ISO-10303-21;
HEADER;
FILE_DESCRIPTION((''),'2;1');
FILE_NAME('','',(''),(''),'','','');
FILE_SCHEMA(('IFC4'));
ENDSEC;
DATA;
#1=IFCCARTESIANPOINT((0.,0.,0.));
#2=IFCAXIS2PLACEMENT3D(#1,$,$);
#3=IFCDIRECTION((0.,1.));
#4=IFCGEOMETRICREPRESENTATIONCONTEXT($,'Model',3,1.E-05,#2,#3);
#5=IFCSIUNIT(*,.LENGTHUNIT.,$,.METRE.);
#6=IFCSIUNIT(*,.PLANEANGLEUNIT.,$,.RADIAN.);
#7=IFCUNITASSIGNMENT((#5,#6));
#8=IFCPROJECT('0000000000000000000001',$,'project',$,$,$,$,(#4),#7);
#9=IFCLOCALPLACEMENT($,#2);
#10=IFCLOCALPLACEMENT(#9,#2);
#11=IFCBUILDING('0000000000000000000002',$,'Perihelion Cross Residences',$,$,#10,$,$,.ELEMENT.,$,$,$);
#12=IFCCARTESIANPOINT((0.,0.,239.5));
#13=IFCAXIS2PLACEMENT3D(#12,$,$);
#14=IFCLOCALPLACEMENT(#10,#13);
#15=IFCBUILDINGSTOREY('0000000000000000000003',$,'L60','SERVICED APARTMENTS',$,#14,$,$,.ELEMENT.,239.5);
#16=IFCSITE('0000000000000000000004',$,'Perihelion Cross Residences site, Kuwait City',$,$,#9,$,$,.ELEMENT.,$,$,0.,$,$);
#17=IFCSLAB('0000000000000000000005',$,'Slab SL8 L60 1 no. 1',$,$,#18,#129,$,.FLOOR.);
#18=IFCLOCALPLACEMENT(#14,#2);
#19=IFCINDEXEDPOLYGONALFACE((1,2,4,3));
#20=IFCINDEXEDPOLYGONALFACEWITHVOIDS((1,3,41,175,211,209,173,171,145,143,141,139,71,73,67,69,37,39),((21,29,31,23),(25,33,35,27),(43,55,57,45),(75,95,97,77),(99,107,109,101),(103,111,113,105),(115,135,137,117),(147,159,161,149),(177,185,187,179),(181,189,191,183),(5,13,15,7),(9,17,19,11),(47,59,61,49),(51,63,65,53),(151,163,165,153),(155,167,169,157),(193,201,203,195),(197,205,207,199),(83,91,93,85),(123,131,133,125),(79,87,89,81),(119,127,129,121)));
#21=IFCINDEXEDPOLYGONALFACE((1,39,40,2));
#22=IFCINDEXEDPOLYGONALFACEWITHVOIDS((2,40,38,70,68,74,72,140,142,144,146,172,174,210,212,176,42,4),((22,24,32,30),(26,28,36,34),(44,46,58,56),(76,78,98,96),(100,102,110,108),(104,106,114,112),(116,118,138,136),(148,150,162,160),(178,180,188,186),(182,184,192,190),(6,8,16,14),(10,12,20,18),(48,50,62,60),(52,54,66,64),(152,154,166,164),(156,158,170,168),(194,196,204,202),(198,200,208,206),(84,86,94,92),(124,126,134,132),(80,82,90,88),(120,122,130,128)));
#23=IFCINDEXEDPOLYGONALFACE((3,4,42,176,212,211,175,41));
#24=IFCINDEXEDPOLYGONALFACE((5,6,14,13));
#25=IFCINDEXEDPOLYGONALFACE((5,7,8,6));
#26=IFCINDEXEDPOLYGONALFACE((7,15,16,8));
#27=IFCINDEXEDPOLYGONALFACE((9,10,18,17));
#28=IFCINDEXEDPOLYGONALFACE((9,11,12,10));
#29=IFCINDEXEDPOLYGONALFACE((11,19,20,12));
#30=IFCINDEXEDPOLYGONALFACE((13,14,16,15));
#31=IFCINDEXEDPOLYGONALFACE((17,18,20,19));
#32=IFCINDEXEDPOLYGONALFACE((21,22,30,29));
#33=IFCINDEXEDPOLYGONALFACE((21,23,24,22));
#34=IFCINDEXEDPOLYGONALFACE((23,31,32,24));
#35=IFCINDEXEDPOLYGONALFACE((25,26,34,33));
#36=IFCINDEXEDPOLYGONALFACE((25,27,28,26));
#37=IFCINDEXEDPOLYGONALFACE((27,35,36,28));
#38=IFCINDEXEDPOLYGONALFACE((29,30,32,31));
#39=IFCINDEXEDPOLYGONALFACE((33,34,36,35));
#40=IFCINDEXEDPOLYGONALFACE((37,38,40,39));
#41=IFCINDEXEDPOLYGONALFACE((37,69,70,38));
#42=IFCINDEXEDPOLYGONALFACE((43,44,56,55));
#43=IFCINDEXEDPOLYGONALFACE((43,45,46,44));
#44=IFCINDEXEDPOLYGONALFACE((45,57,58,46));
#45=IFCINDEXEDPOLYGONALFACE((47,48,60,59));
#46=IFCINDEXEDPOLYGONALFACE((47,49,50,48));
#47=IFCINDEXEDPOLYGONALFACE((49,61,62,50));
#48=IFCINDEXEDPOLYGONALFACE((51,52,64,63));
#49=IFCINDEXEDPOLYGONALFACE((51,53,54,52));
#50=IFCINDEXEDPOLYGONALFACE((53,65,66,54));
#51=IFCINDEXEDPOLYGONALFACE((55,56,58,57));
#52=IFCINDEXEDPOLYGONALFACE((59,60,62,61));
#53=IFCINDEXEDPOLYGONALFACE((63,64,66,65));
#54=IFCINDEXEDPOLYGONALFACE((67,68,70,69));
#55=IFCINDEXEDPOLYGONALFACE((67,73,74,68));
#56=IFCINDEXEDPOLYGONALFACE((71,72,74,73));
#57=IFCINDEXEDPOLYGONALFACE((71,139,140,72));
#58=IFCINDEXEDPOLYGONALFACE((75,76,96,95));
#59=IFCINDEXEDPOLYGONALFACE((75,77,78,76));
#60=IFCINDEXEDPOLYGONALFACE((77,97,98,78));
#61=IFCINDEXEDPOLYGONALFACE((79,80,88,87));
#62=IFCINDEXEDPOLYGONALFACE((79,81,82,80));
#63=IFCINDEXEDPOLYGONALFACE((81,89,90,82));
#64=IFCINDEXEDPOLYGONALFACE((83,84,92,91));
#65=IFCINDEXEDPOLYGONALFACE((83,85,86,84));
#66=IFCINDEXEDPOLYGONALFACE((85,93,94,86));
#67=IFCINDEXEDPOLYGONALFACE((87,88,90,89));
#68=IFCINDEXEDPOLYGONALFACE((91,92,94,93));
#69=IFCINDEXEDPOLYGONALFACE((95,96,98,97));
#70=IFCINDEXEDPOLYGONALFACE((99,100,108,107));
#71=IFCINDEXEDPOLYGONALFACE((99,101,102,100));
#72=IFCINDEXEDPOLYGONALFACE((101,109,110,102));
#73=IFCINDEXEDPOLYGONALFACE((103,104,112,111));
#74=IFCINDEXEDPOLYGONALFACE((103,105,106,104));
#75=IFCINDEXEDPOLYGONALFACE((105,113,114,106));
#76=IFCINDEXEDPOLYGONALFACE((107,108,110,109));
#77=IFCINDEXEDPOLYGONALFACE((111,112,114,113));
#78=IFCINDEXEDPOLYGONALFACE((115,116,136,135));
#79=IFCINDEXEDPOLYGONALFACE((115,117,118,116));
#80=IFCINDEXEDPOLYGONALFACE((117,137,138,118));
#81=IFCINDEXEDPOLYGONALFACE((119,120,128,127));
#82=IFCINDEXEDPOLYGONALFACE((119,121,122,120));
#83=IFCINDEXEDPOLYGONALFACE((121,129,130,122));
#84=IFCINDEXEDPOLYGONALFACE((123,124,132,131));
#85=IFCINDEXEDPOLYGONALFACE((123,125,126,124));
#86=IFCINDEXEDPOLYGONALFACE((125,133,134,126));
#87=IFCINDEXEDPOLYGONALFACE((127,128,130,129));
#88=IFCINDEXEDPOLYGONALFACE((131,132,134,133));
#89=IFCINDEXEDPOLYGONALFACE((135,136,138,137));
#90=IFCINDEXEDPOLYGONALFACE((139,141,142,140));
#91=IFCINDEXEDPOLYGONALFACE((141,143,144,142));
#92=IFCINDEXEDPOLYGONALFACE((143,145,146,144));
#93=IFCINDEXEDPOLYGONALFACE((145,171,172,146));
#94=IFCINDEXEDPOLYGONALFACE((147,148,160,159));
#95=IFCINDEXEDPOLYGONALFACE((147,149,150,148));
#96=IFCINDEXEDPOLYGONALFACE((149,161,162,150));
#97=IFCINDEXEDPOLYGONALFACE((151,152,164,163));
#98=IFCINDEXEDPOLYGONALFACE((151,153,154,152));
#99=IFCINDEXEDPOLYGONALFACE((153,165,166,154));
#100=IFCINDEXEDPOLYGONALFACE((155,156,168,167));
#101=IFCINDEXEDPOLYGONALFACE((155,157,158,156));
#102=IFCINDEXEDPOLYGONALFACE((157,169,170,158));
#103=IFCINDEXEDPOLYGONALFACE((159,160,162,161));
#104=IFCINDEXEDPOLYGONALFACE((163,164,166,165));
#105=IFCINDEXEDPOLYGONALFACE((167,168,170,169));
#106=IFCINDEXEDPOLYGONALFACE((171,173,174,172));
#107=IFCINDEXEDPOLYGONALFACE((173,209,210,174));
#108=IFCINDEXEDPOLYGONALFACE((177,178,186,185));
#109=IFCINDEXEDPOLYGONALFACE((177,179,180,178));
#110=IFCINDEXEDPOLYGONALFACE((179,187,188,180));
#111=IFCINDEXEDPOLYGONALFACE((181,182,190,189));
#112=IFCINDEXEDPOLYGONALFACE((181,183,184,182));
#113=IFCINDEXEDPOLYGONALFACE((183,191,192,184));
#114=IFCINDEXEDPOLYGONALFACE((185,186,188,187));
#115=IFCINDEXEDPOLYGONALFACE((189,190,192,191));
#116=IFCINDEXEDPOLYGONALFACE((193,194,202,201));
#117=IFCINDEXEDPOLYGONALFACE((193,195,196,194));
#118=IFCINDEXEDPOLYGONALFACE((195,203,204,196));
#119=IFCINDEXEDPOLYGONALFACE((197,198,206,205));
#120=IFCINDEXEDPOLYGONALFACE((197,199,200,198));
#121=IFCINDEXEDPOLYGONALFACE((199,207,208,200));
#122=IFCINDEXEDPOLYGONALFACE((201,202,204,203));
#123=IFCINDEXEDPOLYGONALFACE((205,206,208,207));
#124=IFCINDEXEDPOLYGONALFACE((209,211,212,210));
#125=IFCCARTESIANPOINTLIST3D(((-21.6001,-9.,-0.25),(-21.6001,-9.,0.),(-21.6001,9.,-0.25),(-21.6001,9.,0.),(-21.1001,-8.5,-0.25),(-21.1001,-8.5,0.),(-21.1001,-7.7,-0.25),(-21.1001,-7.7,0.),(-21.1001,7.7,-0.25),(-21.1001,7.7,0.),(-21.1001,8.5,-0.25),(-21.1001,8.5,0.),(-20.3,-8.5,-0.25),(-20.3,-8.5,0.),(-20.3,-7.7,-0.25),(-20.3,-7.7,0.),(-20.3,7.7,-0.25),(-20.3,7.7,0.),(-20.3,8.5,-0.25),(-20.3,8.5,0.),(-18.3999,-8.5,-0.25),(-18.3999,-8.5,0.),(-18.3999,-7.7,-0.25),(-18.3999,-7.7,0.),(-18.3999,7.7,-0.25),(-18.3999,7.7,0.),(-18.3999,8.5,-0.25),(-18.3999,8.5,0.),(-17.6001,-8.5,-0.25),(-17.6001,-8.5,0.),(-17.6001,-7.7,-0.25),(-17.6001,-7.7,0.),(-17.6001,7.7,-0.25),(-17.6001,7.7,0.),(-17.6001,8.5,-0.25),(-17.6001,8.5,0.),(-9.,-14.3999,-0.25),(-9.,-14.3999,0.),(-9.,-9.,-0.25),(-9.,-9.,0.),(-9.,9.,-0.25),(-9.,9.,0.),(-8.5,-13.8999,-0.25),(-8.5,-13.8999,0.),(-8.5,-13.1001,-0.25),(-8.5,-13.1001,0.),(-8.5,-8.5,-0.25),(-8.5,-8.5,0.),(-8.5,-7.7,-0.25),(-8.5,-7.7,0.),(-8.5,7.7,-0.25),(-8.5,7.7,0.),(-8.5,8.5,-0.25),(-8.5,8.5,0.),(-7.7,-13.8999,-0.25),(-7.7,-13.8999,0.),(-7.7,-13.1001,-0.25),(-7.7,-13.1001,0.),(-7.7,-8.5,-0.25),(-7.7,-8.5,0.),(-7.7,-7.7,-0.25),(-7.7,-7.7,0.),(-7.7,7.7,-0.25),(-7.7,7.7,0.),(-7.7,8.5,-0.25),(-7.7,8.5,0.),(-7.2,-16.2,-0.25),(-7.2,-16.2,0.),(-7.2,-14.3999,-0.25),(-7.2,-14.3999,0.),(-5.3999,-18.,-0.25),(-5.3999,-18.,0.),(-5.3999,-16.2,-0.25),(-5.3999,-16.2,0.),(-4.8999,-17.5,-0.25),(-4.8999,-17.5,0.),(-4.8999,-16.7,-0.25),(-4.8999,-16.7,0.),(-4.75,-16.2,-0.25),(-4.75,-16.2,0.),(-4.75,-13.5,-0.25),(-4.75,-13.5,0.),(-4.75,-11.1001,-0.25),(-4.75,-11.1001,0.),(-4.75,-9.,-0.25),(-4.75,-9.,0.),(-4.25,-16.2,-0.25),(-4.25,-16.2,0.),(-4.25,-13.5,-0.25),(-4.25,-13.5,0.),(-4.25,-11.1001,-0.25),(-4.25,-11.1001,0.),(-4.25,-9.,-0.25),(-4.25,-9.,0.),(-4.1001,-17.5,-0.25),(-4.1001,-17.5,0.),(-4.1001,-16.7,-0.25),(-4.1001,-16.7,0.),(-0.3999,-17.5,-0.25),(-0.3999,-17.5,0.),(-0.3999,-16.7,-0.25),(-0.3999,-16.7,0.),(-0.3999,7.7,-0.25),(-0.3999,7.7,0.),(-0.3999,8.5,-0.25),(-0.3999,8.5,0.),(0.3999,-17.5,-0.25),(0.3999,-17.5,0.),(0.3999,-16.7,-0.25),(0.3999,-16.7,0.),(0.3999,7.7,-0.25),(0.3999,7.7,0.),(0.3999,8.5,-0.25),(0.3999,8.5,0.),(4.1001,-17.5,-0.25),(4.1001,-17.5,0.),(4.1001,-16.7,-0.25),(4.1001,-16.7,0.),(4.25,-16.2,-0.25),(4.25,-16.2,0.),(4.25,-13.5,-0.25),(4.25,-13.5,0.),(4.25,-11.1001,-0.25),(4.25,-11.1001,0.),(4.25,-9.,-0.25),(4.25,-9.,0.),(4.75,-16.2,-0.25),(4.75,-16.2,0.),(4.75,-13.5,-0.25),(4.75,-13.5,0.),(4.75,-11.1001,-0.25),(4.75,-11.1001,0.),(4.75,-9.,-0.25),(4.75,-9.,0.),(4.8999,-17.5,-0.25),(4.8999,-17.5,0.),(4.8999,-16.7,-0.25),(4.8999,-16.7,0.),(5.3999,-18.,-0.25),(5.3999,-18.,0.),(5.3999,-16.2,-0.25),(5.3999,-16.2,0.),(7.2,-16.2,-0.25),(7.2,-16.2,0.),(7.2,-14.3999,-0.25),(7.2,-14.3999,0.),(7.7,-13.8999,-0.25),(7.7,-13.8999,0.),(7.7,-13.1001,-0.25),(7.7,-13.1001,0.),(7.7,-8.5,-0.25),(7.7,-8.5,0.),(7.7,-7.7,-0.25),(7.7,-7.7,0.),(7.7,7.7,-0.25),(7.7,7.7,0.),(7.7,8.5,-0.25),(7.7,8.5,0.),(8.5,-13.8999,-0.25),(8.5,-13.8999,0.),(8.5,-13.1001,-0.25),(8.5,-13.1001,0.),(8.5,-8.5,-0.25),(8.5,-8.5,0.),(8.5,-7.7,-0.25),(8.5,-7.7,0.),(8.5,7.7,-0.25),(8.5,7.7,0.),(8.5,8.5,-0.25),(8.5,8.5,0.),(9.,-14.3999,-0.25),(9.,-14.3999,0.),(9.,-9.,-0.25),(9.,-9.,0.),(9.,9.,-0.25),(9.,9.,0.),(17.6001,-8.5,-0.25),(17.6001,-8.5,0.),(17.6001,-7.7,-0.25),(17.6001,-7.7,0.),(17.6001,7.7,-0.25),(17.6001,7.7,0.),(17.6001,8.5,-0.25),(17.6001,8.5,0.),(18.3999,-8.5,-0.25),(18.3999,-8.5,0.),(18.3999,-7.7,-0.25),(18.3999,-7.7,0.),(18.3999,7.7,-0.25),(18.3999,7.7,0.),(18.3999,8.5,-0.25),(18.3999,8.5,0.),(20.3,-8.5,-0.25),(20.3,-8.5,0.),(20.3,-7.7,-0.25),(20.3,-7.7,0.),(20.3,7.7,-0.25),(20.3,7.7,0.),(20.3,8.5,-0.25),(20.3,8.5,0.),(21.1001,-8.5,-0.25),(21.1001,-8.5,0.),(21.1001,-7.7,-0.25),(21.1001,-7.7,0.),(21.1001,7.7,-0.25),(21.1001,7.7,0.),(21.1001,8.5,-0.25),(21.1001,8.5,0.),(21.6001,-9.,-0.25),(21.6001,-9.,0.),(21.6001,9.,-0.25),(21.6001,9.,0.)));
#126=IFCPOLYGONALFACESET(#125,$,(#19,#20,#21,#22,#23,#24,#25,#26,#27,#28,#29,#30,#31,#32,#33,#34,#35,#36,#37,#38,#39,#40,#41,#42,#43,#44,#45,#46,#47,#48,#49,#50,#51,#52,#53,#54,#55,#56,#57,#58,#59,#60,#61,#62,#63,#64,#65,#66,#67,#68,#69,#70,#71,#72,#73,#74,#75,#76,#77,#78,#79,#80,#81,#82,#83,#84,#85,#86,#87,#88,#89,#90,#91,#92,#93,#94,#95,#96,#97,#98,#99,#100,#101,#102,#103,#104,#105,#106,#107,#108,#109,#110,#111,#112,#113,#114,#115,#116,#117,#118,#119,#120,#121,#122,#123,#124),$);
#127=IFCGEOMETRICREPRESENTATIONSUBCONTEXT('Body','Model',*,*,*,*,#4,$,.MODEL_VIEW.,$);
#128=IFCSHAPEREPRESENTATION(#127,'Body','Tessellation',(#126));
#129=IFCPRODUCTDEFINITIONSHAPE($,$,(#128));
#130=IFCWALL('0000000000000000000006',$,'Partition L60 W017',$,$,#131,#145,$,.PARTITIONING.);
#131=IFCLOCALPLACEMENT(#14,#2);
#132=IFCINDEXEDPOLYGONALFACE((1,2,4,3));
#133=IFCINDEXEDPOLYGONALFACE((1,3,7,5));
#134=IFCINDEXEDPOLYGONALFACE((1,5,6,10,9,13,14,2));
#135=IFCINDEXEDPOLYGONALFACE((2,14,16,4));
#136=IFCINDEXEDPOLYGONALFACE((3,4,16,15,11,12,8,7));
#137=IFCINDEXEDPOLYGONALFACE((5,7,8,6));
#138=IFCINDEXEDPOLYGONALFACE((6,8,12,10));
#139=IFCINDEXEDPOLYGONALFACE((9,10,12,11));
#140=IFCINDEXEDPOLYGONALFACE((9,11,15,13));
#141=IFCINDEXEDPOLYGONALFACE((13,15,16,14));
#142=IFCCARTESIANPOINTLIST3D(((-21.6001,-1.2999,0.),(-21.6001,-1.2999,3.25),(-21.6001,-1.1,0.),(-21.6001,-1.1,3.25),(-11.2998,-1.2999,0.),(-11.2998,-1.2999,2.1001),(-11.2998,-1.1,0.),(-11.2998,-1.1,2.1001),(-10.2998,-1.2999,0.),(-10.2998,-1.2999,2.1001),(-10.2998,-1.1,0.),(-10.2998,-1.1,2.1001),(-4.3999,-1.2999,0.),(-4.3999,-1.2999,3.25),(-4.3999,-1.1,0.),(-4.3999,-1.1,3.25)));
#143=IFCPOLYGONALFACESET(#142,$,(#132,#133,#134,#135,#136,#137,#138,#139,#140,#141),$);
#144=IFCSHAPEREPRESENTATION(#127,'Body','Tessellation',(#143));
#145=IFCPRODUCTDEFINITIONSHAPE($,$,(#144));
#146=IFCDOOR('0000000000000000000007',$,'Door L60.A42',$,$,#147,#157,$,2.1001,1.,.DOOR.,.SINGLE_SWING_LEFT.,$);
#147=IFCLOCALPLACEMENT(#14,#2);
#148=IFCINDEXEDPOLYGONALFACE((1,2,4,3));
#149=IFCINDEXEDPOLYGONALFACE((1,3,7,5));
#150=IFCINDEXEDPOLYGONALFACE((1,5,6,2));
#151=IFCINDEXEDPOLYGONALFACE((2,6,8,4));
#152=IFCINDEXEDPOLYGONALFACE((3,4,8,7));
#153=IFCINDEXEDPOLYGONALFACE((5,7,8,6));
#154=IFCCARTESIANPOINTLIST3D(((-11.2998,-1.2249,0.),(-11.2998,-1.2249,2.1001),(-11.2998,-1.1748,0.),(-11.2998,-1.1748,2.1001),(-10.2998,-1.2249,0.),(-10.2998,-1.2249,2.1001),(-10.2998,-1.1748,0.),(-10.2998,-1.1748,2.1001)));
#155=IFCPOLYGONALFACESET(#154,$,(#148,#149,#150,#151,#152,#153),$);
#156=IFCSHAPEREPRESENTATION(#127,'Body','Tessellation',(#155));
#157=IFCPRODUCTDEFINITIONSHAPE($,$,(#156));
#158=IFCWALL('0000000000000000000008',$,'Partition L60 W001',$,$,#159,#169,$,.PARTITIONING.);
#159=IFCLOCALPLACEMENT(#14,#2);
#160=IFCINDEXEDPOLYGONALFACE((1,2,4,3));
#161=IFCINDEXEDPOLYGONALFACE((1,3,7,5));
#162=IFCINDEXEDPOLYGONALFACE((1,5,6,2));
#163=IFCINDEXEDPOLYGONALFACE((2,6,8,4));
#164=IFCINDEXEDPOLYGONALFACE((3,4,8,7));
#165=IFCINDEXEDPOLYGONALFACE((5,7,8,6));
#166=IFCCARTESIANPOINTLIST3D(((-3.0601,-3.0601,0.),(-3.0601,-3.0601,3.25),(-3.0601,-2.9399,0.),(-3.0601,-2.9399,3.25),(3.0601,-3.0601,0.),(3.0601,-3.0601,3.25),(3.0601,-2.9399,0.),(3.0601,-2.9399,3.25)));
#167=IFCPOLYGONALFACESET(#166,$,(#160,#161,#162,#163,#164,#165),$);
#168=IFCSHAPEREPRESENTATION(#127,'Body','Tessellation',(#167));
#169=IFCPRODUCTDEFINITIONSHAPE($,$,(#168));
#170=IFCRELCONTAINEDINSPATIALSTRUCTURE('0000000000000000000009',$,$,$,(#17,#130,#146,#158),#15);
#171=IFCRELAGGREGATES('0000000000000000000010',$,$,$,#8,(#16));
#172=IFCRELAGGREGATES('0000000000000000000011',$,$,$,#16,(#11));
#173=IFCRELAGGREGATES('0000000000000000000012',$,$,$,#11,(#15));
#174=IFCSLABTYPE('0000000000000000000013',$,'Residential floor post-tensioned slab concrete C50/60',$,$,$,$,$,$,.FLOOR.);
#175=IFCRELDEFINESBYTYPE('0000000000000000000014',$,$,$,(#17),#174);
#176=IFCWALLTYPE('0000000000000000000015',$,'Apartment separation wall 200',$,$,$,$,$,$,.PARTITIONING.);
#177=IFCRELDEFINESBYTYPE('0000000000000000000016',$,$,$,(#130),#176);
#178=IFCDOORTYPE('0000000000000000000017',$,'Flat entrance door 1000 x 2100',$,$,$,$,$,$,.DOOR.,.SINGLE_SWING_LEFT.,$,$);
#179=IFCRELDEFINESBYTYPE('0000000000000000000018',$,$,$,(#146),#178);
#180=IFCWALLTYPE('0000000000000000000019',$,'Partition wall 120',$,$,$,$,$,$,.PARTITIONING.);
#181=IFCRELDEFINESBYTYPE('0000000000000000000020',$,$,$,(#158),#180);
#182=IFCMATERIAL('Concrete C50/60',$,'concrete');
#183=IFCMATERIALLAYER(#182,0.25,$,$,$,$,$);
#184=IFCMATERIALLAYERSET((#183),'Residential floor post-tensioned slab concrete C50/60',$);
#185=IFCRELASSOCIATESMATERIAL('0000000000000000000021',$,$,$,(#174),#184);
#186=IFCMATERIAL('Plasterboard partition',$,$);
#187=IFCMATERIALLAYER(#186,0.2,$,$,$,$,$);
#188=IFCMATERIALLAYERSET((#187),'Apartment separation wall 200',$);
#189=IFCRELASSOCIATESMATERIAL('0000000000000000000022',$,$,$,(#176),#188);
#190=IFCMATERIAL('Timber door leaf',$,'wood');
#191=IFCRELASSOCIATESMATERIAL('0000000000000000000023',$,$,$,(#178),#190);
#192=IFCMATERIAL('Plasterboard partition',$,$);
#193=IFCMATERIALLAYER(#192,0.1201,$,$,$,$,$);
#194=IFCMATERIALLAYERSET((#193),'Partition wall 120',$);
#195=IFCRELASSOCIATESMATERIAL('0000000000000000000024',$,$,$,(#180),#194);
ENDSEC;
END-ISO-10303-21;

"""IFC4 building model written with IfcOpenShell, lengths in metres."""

from ifc_helpers import new_model, si_unit, direction, frame, frame_2d, origin, place, context, subcontext, project, spatial, polyline, rectangle, outline, extrude, material, layer, layer_set, type_object, element, fill, save


model = new_model("IFC4")

# Units and contexts
model_context = context("Model", 3, precision=1e-05, world=origin(), true_north=direction((0.0, 1.0)))
body_context = subcontext(model_context, "Body", "Model", "MODEL_VIEW")
ifc_project = project(units=[si_unit("LENGTHUNIT", "METRE"), si_unit("PLANEANGLEUNIT", "RADIAN")], contexts=[model_context])

# Site, building, storey
site_placement = place(None, origin())
site = spatial("IfcSite", under=ifc_project, at=site_placement, Name="Perihelion Cross Residences site, Kuwait City", CompositionType="ELEMENT", RefElevation=0.0)
building_placement = place(site_placement, origin())
building = spatial("IfcBuilding", under=site, at=building_placement, Name="Perihelion Cross Residences", CompositionType="ELEMENT")
storey_placement = place(building_placement, frame((0.0, 0.0, 239.5)))
storey = spatial("IfcBuildingStorey", under=building, at=storey_placement, Name="L60", Description="SERVICED APARTMENTS", CompositionType="ELEMENT", Elevation=239.5)

# Slab
ifc_material_1 = material(Name="Concrete C50/60", Category="concrete")
ifc_layer_1 = layer(ifc_material_1, 0.25)
ifc_layer_set_1 = layer_set([ifc_layer_1], Name="Residential floor post-tensioned slab concrete C50/60")
slab_type_1 = type_object("IfcSlabType", Name="Residential floor post-tensioned slab concrete C50/60", PredefinedType="FLOOR", material=ifc_layer_set_1)
slab_1_placement = place(storey_placement, frame((0.0, 0.0, -0.25)))
element("IfcSlab", 1, at=slab_1_placement, inside=storey, type_object=slab_type_1, Name="Slab SL8 L60 1 no. 1", PredefinedType="FLOOR", context=body_context, shape_type="SweptSolid", body=[
    extrude(outline(polyline([(-9.0, 9.0), (9.0, 9.0), (21.6001, 9.0), (21.6001, -9.0), (9.0, -9.0), (9.0, -14.3999), (7.2, -14.3999), (7.2, -16.2), (5.3999, -16.2), (5.3999, -18.0), (-5.3999, -18.0), (-5.3999, -16.2), (-7.2, -16.2), (-7.2, -14.3999), (-9.0, -14.3999), (-9.0, -9.0), (-21.6001, -9.0), (-21.6001, 9.0), (-9.0, 9.0)]), holes=[polyline([(-4.1001, -16.7), (-4.8999, -16.7), (-4.8999, -17.5), (-4.1001, -17.5), (-4.1001, -16.7)]), polyline([(0.3999, -17.5), (0.3999, -16.7), (-0.3999, -16.7), (-0.3999, -17.5), (0.3999, -17.5)]), polyline([(-4.25, -16.2), (-4.25, -13.5), (-4.75, -13.5), (-4.75, -16.2), (-4.25, -16.2)]), polyline([(-7.7, -13.1001), (-8.5, -13.1001), (-8.5, -13.8999), (-7.7, -13.8999), (-7.7, -13.1001)]), polyline([(-4.25, -11.1001), (-4.25, -9.0), (-4.75, -9.0), (-4.75, -11.1001), (-4.25, -11.1001)]), polyline([(-20.3, -8.5), (-20.3, -7.7), (-21.1001, -7.7), (-21.1001, -8.5), (-20.3, -8.5)]), polyline([(-17.6001, -7.7), (-18.3999, -7.7), (-18.3999, -8.5), (-17.6001, -8.5), (-17.6001, -7.7)]), polyline([(-7.7, -8.5), (-7.7, -7.7), (-8.5, -7.7), (-8.5, -8.5), (-7.7, -8.5)]), polyline([(-20.3, 8.5), (-21.1001, 8.5), (-21.1001, 7.7), (-20.3, 7.7), (-20.3, 8.5)]), polyline([(-17.6001, 7.7), (-17.6001, 8.5), (-18.3999, 8.5), (-18.3999, 7.7), (-17.6001, 7.7)]), polyline([(-7.7, 7.7), (-7.7, 8.5), (-8.5, 8.5), (-8.5, 7.7), (-7.7, 7.7)]), polyline([(4.8999, -16.7), (4.1001, -16.7), (4.1001, -17.5), (4.8999, -17.5), (4.8999, -16.7)]), polyline([(4.75, -16.2), (4.75, -13.5), (4.25, -13.5), (4.25, -16.2), (4.75, -16.2)]), polyline([(8.5, -13.8999), (8.5, -13.1001), (7.7, -13.1001), (7.7, -13.8999), (8.5, -13.8999)]), polyline([(4.75, -9.0), (4.25, -9.0), (4.25, -11.1001), (4.75, -11.1001), (4.75, -9.0)]), polyline([(8.5, -8.5), (8.5, -7.7), (7.7, -7.7), (7.7, -8.5), (8.5, -8.5)]), polyline([(18.3999, -8.5), (18.3999, -7.7), (17.6001, -7.7), (17.6001, -8.5), (18.3999, -8.5)]), polyline([(21.1001, -7.7), (20.3, -7.7), (20.3, -8.5), (21.1001, -8.5), (21.1001, -7.7)]), polyline([(0.3999, 7.7), (0.3999, 8.5), (-0.3999, 8.5), (-0.3999, 7.7), (0.3999, 7.7)]), polyline([(8.5, 8.5), (7.7, 8.5), (7.7, 7.7), (8.5, 7.7), (8.5, 8.5)]), polyline([(18.3999, 7.7), (18.3999, 8.5), (17.6001, 8.5), (17.6001, 7.7), (18.3999, 7.7)]), polyline([(21.1001, 7.7), (21.1001, 8.5), (20.3, 8.5), (20.3, 7.7), (21.1001, 7.7)])]), origin(), (0.0, 0.0, 1.0), 0.25),
])

# Wall, opening, door
ifc_material_2 = material(Name="Plasterboard partition")
ifc_layer_2 = layer(ifc_material_2, 0.2)
ifc_layer_set_2 = layer_set([ifc_layer_2], Name="Apartment separation wall 200")
wall_type_1 = type_object("IfcWallType", Name="Apartment separation wall 200", PredefinedType="PARTITIONING", material=ifc_layer_set_2)
wall_1_placement = place(storey_placement, frame((-4.3999, -1.2, 0.0), z_axis=(0.0, 0.0, 1.0), x_axis=(-1.0, 0.0, 0.0)))
wall_1 = element("IfcWall", 2, at=wall_1_placement, inside=storey, type_object=wall_type_1, Name="Partition L60 W017", PredefinedType="PARTITIONING", context=body_context, shape_type="SweptSolid", body=[
    extrude(rectangle(XDim=17.2002, YDim=0.2, at=frame_2d((8.6001, 0.0))), origin(), (0.0, 0.0, 1.0), 3.25),
])
opening_1_placement = place(wall_1_placement, frame((5.8999, 0.0, 0.0)))
opening_1 = element("IfcOpeningElement", 3, at=opening_1_placement, cuts=wall_1, PredefinedType="OPENING", context=body_context, shape_type="SweptSolid", body=[
    extrude(rectangle(XDim=1.0, YDim=2.1001, at=frame_2d((0.5, 1.05))), frame((0.0, 0.1099, 0.0), z_axis=(0.0, -1.0, 0.0), x_axis=(1.0, 0.0, 0.0)), (0.0, 0.0, 1.0), 0.22),
])
ifc_material_3 = material(Name="Timber door leaf", Category="wood")
door_type_1 = type_object("IfcDoorType", Name="Flat entrance door 1000 x 2100", OperationType="SINGLE_SWING_LEFT", PredefinedType="DOOR", material=ifc_material_3)
door_1_placement = place(opening_1_placement, origin())
door_1 = element("IfcDoor", 4, at=door_1_placement, inside=storey, type_object=door_type_1, Name="Door L60.A42", OperationType="SINGLE_SWING_LEFT", OverallHeight=2.1001, OverallWidth=1.0, PredefinedType="DOOR", context=body_context, shape_type="SweptSolid", body=[
    extrude(rectangle(XDim=1.0, YDim=2.1001, at=frame_2d((0.5, 1.05))), frame((0.0, 0.0249, 0.0), z_axis=(0.0, -1.0, 0.0), x_axis=(1.0, 0.0, 0.0)), (0.0, 0.0, 1.0), 0.05),
])
fill(opening_1, door_1)

# Wall
ifc_material_4 = material(Name="Plasterboard partition")
ifc_layer_3 = layer(ifc_material_4, 0.1201)
ifc_layer_set_3 = layer_set([ifc_layer_3], Name="Partition wall 120")
wall_type_2 = type_object("IfcWallType", Name="Partition wall 120", PredefinedType="PARTITIONING", material=ifc_layer_set_3)
wall_2_placement = place(storey_placement, frame((-3.0601, -3.0, 0.0), z_axis=(0.0, 0.0, 1.0), x_axis=(1.0, 0.0, 0.0)))
element("IfcWall", 5, at=wall_2_placement, inside=storey, type_object=wall_type_2, Name="Partition L60 W001", PredefinedType="PARTITIONING", context=body_context, shape_type="SweptSolid", body=[
    extrude(rectangle(XDim=6.1201, YDim=0.1201, at=frame_2d((3.0601, 0.0))), origin(), (0.0, 0.0, 1.0), 3.25),
])

save(model, "model.ifc")
